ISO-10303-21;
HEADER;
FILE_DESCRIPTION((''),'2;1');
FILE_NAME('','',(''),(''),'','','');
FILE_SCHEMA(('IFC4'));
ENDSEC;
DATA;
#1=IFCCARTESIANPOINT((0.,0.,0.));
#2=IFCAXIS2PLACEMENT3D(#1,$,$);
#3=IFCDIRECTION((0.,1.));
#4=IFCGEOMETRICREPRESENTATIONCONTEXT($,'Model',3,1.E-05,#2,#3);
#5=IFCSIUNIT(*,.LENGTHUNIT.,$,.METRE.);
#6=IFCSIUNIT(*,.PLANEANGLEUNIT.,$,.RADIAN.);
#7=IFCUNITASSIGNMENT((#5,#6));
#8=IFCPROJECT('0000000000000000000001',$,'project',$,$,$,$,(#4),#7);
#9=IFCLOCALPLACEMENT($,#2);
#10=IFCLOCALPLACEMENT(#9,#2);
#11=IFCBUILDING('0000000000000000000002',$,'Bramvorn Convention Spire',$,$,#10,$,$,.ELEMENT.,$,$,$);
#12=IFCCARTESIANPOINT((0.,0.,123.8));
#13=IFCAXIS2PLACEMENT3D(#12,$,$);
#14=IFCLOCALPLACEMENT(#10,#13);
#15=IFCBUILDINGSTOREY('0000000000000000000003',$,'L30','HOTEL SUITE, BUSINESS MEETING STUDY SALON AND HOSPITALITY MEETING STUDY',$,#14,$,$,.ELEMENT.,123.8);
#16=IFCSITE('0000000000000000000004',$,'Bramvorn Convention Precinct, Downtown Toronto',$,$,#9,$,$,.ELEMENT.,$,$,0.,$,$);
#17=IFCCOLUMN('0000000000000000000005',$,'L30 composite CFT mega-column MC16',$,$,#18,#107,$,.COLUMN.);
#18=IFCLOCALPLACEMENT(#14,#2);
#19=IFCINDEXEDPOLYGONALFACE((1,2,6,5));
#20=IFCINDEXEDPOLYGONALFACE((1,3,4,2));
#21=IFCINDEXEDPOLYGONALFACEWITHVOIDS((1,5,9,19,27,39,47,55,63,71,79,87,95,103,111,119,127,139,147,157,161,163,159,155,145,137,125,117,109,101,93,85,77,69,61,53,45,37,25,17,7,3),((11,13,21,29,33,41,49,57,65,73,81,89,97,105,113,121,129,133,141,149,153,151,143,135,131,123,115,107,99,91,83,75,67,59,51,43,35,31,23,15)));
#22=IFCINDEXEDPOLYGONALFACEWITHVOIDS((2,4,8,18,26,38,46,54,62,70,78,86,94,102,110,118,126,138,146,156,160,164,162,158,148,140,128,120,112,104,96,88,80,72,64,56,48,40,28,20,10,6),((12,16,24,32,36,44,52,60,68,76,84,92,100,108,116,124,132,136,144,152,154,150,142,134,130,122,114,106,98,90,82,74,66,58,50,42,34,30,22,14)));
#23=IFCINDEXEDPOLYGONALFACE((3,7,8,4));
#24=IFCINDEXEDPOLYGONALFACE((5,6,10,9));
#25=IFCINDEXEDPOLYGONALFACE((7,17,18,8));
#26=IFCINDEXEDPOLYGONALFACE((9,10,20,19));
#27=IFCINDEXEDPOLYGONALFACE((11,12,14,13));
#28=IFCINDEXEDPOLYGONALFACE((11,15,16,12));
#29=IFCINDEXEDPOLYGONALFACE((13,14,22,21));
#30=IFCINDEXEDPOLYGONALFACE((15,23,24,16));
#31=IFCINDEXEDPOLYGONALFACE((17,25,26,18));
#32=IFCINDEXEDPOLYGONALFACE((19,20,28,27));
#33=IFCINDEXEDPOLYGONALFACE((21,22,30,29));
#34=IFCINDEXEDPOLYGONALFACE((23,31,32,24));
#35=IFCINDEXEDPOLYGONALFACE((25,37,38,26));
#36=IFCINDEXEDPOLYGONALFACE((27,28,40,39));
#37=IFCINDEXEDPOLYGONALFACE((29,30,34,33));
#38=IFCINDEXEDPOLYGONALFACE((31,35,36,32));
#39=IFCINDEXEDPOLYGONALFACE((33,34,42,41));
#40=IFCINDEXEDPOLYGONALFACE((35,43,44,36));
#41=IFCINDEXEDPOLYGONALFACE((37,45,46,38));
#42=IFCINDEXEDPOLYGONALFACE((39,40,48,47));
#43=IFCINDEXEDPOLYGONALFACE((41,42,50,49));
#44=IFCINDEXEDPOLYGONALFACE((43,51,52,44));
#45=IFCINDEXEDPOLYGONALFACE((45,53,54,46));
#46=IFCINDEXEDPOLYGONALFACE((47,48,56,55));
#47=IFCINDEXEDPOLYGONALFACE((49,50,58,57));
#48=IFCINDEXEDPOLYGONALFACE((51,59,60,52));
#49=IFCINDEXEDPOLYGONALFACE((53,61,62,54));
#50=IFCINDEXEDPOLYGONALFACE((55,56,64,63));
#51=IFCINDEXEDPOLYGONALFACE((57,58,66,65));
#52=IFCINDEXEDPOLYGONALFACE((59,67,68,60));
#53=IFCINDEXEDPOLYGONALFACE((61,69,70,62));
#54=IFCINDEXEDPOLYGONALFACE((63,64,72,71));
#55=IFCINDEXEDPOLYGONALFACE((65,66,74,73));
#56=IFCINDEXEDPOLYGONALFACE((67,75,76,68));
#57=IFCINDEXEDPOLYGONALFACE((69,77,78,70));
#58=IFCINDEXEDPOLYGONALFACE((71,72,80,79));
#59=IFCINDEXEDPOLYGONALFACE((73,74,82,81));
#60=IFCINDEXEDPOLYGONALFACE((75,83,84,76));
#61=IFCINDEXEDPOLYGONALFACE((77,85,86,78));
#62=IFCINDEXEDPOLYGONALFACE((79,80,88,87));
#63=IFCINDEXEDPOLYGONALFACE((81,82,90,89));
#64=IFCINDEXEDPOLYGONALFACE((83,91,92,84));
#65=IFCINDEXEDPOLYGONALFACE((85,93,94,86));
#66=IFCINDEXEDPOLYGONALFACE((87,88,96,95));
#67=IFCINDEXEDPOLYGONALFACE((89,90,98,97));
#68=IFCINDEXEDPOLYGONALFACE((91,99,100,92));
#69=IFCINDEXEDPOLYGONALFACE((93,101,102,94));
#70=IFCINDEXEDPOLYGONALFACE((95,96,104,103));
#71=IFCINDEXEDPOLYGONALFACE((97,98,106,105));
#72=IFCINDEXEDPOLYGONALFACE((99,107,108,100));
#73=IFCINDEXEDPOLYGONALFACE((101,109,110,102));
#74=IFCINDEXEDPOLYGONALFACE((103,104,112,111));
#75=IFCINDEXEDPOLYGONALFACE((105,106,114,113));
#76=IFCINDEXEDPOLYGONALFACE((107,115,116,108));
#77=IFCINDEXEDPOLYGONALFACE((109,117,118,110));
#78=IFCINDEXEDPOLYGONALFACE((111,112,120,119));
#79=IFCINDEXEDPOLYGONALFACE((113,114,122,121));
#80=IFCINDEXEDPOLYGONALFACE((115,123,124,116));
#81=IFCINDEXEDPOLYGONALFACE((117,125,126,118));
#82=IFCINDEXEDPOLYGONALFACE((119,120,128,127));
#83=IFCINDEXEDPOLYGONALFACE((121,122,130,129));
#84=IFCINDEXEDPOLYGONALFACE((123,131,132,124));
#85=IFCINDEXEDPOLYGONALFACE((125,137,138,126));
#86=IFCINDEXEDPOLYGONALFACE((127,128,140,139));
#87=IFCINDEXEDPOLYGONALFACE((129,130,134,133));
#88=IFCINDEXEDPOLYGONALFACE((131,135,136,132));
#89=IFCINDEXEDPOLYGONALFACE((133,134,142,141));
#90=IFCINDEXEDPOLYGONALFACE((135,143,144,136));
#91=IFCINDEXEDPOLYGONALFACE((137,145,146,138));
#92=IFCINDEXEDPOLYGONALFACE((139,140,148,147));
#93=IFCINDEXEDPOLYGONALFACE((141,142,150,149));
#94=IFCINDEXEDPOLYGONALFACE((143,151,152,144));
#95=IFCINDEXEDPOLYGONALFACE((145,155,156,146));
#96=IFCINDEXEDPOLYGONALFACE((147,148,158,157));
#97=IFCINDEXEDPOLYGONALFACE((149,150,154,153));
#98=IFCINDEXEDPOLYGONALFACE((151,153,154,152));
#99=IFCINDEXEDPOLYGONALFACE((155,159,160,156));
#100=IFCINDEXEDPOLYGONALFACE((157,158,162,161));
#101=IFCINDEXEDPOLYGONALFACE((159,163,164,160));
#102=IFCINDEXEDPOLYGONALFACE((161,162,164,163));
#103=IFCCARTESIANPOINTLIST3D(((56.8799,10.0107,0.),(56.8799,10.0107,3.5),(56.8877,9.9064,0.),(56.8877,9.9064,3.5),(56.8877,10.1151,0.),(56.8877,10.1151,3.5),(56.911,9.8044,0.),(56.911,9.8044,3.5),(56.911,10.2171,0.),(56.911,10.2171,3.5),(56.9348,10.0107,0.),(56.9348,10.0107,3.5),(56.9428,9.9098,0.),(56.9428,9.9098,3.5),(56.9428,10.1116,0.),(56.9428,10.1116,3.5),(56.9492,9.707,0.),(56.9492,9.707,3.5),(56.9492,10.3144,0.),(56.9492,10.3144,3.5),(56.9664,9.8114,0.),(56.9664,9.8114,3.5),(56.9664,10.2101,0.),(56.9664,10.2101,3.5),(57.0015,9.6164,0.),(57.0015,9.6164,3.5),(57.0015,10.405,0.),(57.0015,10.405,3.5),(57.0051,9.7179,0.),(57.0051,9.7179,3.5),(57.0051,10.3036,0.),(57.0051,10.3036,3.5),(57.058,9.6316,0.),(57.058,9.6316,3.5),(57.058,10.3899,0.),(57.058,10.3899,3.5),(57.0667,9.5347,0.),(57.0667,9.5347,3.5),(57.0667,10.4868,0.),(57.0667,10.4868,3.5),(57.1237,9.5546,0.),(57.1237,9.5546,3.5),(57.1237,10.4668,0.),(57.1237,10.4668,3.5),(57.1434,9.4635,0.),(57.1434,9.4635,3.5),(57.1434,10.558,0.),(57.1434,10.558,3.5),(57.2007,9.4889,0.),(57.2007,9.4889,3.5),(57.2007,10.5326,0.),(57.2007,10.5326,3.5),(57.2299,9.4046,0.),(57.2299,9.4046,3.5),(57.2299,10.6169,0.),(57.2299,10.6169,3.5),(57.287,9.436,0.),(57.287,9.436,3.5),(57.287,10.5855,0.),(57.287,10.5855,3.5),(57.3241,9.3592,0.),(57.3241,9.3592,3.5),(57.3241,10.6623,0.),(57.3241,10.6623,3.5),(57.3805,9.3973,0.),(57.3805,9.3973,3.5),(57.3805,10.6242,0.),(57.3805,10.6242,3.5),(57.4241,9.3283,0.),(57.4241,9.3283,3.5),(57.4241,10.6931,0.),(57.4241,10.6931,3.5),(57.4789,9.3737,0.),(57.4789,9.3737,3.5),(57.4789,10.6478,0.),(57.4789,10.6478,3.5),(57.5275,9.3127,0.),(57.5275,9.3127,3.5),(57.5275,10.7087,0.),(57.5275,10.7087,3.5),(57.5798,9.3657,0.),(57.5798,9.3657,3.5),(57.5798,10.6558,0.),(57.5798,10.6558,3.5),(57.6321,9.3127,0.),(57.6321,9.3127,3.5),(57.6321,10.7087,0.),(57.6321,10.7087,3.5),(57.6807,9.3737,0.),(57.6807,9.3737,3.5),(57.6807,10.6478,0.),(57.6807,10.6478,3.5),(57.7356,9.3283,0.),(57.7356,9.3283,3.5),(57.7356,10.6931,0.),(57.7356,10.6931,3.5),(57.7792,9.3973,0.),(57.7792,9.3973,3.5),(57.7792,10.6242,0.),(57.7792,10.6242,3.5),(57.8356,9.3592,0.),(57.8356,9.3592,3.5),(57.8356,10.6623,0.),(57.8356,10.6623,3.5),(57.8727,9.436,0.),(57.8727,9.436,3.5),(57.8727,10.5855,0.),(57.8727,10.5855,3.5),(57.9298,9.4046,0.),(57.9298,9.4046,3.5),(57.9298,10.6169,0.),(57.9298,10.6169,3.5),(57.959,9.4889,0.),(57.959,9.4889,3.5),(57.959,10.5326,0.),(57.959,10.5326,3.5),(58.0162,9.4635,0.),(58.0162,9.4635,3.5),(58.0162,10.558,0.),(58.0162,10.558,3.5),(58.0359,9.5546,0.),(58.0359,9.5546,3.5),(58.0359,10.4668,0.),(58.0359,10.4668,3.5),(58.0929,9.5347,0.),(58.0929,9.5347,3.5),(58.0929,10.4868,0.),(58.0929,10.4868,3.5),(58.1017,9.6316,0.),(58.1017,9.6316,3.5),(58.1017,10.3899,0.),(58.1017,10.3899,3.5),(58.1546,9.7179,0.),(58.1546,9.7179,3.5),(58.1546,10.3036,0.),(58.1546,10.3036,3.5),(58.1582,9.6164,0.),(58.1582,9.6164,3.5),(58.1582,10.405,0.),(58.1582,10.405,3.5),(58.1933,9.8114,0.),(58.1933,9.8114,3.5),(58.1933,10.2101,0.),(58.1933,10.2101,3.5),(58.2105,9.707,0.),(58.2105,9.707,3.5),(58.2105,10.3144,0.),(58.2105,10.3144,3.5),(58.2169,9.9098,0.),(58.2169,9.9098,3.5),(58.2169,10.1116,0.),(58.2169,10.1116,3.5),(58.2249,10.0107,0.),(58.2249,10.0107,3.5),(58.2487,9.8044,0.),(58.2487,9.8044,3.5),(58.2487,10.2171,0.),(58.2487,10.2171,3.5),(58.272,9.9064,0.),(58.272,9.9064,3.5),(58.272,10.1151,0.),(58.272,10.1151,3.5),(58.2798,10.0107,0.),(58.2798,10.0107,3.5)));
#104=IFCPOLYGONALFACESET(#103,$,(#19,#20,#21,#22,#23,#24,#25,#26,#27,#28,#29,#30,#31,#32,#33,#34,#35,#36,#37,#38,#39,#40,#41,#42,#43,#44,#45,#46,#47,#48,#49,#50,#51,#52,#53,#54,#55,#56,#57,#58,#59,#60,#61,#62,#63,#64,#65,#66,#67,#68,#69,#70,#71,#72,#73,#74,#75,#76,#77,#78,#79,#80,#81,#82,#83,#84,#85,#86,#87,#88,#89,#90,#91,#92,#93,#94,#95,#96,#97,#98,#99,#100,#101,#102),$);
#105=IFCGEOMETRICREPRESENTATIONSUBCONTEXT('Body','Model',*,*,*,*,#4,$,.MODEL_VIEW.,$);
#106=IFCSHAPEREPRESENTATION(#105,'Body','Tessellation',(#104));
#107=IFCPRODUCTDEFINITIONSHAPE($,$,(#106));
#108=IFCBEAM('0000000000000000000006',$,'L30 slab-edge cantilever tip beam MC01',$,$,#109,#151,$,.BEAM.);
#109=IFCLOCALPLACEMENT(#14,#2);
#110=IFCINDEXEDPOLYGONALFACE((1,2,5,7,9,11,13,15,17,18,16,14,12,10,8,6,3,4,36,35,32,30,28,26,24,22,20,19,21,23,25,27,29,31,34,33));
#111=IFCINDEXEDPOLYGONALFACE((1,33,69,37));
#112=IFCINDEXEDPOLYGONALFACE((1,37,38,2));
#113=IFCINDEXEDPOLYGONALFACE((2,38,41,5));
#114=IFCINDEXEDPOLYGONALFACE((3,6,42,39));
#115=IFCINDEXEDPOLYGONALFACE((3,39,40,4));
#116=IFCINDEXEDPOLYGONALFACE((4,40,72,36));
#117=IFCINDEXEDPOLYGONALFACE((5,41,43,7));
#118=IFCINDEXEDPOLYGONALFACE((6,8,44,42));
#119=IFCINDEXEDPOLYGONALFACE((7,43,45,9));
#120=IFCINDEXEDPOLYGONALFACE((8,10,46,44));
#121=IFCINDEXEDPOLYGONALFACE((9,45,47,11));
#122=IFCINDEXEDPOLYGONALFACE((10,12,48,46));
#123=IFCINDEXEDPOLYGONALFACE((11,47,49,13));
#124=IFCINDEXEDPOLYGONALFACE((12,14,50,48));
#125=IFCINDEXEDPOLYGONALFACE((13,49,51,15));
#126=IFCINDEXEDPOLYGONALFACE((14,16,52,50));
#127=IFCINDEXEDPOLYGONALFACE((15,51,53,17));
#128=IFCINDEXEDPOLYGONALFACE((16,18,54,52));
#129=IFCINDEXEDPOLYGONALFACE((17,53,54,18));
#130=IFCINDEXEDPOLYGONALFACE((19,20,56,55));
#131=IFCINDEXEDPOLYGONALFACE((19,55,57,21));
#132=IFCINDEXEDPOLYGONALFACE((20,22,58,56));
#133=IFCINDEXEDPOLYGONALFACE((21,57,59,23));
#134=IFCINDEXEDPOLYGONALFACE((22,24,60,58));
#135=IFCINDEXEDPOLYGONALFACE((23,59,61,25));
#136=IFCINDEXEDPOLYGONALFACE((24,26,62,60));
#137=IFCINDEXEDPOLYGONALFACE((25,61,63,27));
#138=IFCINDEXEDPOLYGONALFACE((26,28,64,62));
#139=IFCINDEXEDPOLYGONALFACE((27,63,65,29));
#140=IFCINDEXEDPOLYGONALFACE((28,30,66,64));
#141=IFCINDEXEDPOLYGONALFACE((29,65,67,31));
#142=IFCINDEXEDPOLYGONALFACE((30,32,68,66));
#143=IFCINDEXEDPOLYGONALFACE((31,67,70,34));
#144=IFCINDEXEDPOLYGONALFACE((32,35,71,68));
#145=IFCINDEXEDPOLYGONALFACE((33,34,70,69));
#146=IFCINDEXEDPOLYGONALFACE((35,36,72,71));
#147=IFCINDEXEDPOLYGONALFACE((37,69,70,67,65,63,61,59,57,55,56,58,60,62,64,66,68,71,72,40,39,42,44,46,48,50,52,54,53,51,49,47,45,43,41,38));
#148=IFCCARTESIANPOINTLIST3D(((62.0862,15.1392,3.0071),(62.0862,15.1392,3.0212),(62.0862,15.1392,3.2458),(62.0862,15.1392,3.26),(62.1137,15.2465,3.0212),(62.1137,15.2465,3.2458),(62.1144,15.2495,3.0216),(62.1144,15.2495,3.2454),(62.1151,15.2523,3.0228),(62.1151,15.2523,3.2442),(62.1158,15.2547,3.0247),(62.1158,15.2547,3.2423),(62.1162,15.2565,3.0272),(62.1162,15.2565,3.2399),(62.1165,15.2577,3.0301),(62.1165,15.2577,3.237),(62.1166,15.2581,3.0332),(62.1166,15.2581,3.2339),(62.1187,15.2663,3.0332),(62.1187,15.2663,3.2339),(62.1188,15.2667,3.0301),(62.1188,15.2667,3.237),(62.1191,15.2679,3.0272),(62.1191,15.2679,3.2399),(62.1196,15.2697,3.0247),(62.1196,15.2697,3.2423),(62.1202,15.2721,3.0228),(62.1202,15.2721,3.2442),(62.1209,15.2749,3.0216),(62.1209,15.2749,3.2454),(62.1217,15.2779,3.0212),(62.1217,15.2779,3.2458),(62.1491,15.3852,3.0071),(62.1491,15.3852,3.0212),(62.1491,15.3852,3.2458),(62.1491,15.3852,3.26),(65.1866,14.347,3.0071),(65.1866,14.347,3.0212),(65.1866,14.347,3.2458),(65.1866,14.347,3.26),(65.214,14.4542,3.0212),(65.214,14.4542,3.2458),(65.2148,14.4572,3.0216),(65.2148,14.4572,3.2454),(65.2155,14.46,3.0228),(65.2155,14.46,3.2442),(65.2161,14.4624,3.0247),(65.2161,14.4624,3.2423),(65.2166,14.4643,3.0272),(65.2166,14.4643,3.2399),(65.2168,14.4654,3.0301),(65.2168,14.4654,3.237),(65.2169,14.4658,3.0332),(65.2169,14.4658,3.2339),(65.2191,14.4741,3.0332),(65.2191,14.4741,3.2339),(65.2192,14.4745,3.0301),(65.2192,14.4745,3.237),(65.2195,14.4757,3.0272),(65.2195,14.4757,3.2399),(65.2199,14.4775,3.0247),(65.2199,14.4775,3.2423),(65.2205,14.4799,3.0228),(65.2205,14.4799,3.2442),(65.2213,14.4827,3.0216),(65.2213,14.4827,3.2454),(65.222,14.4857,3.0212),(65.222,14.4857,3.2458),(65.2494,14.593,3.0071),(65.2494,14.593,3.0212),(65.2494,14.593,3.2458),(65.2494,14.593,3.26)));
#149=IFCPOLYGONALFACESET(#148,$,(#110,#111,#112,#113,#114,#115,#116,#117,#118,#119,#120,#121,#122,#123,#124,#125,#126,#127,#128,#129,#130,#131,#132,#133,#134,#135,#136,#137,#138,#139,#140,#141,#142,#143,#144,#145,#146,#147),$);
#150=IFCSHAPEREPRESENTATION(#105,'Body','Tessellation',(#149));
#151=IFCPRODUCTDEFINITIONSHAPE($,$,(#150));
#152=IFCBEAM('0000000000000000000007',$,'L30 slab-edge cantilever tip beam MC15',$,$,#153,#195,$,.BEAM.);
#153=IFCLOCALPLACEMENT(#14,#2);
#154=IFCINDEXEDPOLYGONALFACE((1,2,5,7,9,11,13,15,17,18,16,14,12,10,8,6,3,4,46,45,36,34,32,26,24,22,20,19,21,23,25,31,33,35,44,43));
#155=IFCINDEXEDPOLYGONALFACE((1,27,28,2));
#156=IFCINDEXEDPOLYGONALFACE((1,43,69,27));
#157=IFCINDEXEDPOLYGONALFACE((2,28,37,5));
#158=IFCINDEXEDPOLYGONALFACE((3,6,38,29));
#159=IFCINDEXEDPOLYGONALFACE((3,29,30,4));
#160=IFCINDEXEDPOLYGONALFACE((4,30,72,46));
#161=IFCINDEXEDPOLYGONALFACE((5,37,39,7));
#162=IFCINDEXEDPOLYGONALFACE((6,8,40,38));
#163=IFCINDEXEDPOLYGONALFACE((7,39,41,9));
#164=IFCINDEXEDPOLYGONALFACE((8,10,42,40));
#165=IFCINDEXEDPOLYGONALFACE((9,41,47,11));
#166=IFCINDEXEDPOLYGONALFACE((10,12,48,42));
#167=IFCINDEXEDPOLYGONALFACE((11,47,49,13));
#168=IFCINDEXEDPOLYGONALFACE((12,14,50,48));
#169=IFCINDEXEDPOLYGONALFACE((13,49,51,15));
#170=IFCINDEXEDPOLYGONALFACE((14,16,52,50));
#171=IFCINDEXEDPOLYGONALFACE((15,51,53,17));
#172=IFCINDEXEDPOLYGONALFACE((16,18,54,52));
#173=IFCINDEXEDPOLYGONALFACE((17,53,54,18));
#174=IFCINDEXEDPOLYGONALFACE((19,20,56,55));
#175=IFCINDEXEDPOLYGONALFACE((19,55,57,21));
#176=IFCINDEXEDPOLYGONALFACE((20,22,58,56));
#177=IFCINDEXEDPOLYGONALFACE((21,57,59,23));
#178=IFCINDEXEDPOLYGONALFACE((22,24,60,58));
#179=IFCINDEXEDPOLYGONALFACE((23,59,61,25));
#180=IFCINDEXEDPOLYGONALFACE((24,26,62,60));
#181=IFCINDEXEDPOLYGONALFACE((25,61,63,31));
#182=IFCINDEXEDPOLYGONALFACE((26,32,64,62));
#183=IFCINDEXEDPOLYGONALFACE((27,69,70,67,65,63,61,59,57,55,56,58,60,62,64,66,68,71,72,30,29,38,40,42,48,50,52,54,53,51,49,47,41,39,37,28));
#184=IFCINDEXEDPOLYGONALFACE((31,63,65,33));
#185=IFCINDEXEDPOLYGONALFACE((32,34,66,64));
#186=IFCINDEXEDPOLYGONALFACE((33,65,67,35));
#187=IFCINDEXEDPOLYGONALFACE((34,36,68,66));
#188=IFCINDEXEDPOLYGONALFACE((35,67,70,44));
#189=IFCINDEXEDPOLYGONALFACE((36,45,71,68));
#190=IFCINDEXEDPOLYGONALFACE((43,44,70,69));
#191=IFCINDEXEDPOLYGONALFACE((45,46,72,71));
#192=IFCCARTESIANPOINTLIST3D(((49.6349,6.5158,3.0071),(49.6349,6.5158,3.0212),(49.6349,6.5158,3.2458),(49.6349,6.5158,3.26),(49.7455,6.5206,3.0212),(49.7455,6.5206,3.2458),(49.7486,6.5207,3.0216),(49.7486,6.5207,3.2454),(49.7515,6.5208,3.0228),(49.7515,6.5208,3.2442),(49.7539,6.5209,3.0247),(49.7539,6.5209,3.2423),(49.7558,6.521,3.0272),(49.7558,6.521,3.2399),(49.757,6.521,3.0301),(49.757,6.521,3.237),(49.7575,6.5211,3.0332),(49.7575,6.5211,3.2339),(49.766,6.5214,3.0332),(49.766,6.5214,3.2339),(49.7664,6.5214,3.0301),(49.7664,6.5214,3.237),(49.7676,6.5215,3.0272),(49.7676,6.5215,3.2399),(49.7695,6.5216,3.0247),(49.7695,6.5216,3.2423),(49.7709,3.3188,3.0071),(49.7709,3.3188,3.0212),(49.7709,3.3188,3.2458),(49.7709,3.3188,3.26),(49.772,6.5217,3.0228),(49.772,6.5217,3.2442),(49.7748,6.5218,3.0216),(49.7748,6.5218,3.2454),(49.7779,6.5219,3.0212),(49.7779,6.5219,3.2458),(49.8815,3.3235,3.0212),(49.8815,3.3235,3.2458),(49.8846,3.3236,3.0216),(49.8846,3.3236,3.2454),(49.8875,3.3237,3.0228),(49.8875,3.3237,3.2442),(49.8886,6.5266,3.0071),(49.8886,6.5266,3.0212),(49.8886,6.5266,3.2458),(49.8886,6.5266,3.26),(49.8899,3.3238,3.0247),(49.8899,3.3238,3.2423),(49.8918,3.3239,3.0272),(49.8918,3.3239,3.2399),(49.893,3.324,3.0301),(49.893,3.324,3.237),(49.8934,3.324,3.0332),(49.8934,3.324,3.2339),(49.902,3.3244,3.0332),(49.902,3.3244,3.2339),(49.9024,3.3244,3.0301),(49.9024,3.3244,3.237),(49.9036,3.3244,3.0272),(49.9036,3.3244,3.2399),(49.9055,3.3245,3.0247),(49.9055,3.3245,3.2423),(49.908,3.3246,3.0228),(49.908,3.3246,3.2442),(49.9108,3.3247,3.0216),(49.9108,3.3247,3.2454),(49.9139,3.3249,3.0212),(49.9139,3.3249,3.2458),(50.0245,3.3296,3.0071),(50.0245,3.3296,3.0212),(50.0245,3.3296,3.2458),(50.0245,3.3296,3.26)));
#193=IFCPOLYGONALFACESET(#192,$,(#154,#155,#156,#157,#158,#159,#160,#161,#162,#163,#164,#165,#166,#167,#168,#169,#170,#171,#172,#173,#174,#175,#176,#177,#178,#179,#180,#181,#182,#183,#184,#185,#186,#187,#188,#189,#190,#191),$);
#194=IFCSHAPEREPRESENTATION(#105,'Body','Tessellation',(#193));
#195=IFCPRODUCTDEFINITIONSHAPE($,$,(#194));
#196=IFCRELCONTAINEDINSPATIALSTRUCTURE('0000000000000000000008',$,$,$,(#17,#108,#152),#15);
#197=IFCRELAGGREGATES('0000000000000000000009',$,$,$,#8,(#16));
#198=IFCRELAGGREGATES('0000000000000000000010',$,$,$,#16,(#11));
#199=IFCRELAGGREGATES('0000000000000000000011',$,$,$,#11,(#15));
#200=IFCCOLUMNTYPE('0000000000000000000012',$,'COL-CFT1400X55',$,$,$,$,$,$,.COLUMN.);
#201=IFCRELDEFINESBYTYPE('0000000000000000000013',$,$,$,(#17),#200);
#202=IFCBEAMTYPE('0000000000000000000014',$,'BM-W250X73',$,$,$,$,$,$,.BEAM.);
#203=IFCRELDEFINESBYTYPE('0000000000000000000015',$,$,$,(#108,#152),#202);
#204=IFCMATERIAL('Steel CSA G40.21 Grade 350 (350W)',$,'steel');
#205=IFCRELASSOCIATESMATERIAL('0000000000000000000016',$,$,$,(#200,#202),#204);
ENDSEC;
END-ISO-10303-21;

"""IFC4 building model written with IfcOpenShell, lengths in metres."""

from ifc_helpers import new_model, si_unit, direction, frame, origin, origin_2d, place, context, subcontext, project, spatial, hollow_circle, i_section, extrude, material, material_profile, profile_set, type_object, element, save


model = new_model("IFC4")

# Units and contexts
model_context = context("Model", 3, precision=1e-05, world=origin(), true_north=direction((0.0, 1.0)))
body_context = subcontext(model_context, "Body", "Model", "MODEL_VIEW")
ifc_project = project(units=[si_unit("LENGTHUNIT", "METRE"), si_unit("PLANEANGLEUNIT", "RADIAN")], contexts=[model_context])

# Site, building, storey
site_placement = place(None, origin())
site = spatial("IfcSite", under=ifc_project, at=site_placement, Name="Bramvorn Convention Precinct, Downtown Toronto", CompositionType="ELEMENT", RefElevation=0.0)
building_placement = place(site_placement, origin())
building = spatial("IfcBuilding", under=site, at=building_placement, Name="Bramvorn Convention Spire", CompositionType="ELEMENT")
storey_placement = place(building_placement, frame((0.0, 0.0, 123.8)))
storey = spatial("IfcBuildingStorey", under=building, at=storey_placement, Name="L30", Description="HOTEL SUITE, BUSINESS MEETING STUDY SALON AND HOSPITALITY MEETING STUDY", CompositionType="ELEMENT", Elevation=123.8)

# Column
ifc_material_1 = material(Name="Steel CSA G40.21 Grade 350 (350W)", Category="steel")
ifc_material_profile_1 = material_profile(ifc_material_1, hollow_circle(Radius=0.7, WallThickness=0.0549, at=origin_2d()))
ifc_profile_set_1 = profile_set([ifc_material_profile_1], Name="Steel CSA G40.21 Grade 350 (350W) - CFT1400X55")
column_type = type_object("IfcColumnType", Name="COL-CFT1400X55", PredefinedType="COLUMN", material=ifc_profile_set_1)
for number, where, z_axis, x_axis, name in (
    (1, (57.5798, 10.0107, 0.0), (0.0, 0.0, 1.0), (1.0, 0.0, 0.0), "L30 composite CFT mega-column MC16"),
):
    element("IfcColumn", number, at=place(storey_placement, frame(where, z_axis=z_axis, x_axis=x_axis)), inside=storey, type_object=column_type, Name=name, PredefinedType="COLUMN", context=body_context, shape_type="SweptSolid", body=[
        extrude(hollow_circle(Radius=0.7, WallThickness=0.0549, at=origin_2d()), origin(), (0.0, 0.0, 1.0), 3.5),
    ])

# Beams
ifc_material_profile_2 = material_profile(ifc_material_1, i_section(OverallWidth=0.2539, OverallDepth=0.2529, WebThickness=0.0085, FlangeThickness=0.0142, FilletRadius=0.012, at=origin_2d()))
ifc_profile_set_2 = profile_set([ifc_material_profile_2], Name="Steel CSA G40.21 Grade 350 (350W) - W250X73")
beam_type_1 = type_object("IfcBeamType", Name="BM-W250X73", PredefinedType="BEAM", material=ifc_profile_set_2)
for number, where, z_axis, x_axis, name in (
    (2, (62.1177, 15.2622, 3.1335), (0.968868, -0.247577, 0.0), (0.247577, 0.968868, 0.0), "L30 slab-edge cantilever tip beam MC01"),
    (3, (49.7617, 6.5212, 3.1335), (0.042497, -0.999097, 0.0), (0.999097, 0.042497, 0.0), "L30 slab-edge cantilever tip beam MC15"),
):
    element("IfcBeam", number, at=place(storey_placement, frame(where, z_axis=z_axis, x_axis=x_axis)), inside=storey, type_object=beam_type_1, Name=name, PredefinedType="BEAM", context=body_context, shape_type="SweptSolid", body=[
        extrude(i_section(OverallWidth=0.2539, OverallDepth=0.2529, WebThickness=0.0085, FlangeThickness=0.0142, FilletRadius=0.012, at=origin_2d()), origin(), (0.0, 0.0, 1.0), 3.2),
    ])

save(model, "model.ifc")
